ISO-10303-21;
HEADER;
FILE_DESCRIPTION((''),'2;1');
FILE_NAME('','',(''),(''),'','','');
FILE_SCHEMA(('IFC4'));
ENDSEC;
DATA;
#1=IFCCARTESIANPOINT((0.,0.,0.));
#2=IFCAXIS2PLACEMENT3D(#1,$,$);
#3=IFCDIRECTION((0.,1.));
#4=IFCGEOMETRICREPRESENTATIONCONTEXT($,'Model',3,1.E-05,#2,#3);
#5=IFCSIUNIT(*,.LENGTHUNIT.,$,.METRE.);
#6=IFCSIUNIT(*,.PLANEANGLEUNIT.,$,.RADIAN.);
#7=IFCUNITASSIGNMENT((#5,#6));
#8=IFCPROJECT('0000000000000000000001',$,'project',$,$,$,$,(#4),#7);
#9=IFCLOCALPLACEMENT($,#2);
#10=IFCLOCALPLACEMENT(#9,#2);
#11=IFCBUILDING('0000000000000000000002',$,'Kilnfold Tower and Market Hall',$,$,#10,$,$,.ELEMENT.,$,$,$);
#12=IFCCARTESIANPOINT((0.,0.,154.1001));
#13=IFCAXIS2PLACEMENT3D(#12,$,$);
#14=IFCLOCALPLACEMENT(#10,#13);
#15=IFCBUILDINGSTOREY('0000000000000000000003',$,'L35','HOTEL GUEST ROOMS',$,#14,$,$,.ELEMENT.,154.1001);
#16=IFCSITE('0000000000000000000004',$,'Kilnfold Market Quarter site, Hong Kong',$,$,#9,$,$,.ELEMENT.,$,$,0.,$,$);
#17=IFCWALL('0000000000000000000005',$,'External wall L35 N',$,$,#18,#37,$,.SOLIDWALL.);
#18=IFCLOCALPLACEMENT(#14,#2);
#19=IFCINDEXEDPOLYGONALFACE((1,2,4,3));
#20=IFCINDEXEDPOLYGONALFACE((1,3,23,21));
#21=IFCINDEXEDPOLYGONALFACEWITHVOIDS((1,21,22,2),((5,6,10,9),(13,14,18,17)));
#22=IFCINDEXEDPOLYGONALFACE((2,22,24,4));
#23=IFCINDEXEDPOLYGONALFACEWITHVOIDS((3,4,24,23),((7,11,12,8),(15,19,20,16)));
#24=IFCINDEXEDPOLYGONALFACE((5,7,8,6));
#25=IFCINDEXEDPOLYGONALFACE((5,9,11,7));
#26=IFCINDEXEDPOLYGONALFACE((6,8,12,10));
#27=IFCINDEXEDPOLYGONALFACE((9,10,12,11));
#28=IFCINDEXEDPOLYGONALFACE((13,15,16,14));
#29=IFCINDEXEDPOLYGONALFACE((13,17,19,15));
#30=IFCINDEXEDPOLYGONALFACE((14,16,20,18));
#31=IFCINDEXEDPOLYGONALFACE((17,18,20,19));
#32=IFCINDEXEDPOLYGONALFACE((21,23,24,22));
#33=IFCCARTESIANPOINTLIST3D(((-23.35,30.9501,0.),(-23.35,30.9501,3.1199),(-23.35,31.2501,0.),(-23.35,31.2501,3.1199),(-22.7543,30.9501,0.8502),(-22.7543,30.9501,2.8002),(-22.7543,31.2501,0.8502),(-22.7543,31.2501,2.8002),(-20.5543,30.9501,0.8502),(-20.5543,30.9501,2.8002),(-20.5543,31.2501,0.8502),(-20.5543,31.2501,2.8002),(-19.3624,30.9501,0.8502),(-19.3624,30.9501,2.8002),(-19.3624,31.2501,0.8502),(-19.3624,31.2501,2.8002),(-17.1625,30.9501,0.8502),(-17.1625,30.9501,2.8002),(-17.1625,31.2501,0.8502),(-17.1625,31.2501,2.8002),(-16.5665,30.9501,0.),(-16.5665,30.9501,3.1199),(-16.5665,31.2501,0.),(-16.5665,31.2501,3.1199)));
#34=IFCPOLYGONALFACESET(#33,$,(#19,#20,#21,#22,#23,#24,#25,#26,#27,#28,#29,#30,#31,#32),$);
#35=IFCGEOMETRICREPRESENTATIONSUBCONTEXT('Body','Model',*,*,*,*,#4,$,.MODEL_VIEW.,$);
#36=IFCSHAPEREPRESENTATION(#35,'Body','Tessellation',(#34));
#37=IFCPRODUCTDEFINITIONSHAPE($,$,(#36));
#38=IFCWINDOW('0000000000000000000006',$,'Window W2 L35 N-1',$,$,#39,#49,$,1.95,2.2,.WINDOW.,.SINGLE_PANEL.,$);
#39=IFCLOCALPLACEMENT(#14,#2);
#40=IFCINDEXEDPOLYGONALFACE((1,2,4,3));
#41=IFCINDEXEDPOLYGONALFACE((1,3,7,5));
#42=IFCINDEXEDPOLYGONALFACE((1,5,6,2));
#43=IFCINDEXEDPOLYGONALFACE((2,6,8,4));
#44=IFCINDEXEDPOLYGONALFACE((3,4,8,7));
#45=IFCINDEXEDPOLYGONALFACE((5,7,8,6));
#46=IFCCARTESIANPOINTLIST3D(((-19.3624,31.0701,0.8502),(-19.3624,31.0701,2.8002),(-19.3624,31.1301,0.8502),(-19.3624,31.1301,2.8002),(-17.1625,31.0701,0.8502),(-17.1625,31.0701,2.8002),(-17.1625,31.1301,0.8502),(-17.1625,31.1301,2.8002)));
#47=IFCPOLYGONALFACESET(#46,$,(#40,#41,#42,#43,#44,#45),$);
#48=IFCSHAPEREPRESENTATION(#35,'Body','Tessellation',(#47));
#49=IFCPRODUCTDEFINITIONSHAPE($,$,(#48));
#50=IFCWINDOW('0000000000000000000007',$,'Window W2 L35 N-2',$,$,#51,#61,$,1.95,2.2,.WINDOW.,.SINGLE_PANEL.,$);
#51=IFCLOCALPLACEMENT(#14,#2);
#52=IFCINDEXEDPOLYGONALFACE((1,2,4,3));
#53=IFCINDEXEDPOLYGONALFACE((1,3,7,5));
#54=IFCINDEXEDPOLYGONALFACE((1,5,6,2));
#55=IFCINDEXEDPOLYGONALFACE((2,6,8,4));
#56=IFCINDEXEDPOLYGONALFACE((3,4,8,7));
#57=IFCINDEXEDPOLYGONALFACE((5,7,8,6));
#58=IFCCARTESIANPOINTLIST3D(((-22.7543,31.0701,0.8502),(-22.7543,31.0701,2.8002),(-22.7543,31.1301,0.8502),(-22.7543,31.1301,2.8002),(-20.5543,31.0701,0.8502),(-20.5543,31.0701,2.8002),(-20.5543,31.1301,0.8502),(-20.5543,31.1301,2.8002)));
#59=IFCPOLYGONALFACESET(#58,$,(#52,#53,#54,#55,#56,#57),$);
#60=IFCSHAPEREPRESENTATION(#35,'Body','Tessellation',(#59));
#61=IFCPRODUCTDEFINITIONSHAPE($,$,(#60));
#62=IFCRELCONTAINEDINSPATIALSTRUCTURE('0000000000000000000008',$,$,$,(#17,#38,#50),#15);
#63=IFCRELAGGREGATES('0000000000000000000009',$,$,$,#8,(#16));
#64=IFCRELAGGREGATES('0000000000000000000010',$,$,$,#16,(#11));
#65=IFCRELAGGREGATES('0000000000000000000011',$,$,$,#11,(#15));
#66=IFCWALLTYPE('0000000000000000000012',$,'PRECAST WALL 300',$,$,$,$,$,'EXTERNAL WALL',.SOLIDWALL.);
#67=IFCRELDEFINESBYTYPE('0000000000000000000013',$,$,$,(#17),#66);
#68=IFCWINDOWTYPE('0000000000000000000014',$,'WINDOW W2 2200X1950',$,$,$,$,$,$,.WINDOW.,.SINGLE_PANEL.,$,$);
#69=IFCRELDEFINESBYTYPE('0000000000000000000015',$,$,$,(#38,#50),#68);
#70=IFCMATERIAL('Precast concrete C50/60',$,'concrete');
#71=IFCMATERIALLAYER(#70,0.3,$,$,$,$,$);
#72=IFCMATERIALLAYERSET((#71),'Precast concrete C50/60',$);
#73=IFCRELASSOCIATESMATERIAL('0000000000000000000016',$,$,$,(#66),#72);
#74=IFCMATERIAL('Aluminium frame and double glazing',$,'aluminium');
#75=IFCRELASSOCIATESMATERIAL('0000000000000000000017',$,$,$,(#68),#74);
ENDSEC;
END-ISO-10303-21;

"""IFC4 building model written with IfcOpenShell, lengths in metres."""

from ifc_helpers import new_model, si_unit, direction, frame, frame_2d, origin, place, context, subcontext, project, spatial, rectangle, extrude, source, transform, mapped, material, layer, layer_set, type_object, element, fill, save


model = new_model("IFC4")

# Units and contexts
model_context = context("Model", 3, precision=1e-05, world=origin(), true_north=direction((0.0, 1.0)))
body_context = subcontext(model_context, "Body", "Model", "MODEL_VIEW")
ifc_project = project(units=[si_unit("LENGTHUNIT", "METRE"), si_unit("PLANEANGLEUNIT", "RADIAN")], contexts=[model_context])

# Site, building, storey
site_placement = place(None, origin())
site = spatial("IfcSite", under=ifc_project, at=site_placement, Name="Kilnfold Market Quarter site, Hong Kong", CompositionType="ELEMENT", RefElevation=0.0)
building_placement = place(site_placement, origin())
building = spatial("IfcBuilding", under=site, at=building_placement, Name="Kilnfold Tower and Market Hall", CompositionType="ELEMENT")
storey_placement = place(building_placement, frame((0.0, 0.0, 154.1001)))
storey = spatial("IfcBuildingStorey", under=building, at=storey_placement, Name="L35", Description="HOTEL GUEST ROOMS", CompositionType="ELEMENT", Elevation=154.1001)

# Wall, openings, windows
ifc_material_1 = material(Name="Precast concrete C50/60", Category="concrete")
ifc_layer_1 = layer(ifc_material_1, 0.3)
ifc_layer_set_1 = layer_set([ifc_layer_1], Name="Precast concrete C50/60")
wall_type_1 = type_object("IfcWallType", Name="PRECAST WALL 300", ElementType="EXTERNAL WALL", PredefinedType="SOLIDWALL", material=ifc_layer_set_1)
shared_shape_1 = source(origin(), body_context, "Body", "SweptSolid", [
    extrude(rectangle(XDim=6.7834, YDim=0.3, at=frame_2d((3.3916, 0.0))), origin(), (0.0, 0.0, 1.0), 3.1199),
])
wall_1_placement = place(storey_placement, frame((-16.5667, 31.1001, 0.0), z_axis=(0.0, 0.0, 1.0), x_axis=(-1.0, 0.0, 0.0)))
wall_1 = element("IfcWall", 1, at=wall_1_placement, inside=storey, type_object=wall_type_1, Name="External wall L35 N", PredefinedType="SOLIDWALL", context=body_context, shape_type="MappedRepresentation", body=[
    mapped(shared_shape_1, transform((0.0, 0.0, 0.0))),
])
opening_1_placement = place(wall_1_placement, frame((0.5957, 0.0, 0.8501)))
opening_1 = element("IfcOpeningElement", 2, at=opening_1_placement, cuts=wall_1, PredefinedType="OPENING", context=body_context, shape_type="SweptSolid", body=[
    extrude(rectangle(XDim=2.2, YDim=1.95, at=frame_2d((1.1001, 0.9751))), frame((0.0, 0.1602, 0.0), z_axis=(0.0, -1.0, 0.0), x_axis=(1.0, 0.0, 0.0)), (0.0, 0.0, 1.0), 0.3201),
])
opening_2_placement = place(wall_1_placement, frame((3.9875, 0.0, 0.8501)))
opening_2 = element("IfcOpeningElement", 3, at=opening_2_placement, cuts=wall_1, PredefinedType="OPENING", context=body_context, shape_type="SweptSolid", body=[
    extrude(rectangle(XDim=2.2, YDim=1.95, at=frame_2d((1.1001, 0.9751))), frame((0.0, 0.1602, 0.0), z_axis=(0.0, -1.0, 0.0), x_axis=(1.0, 0.0, 0.0)), (0.0, 0.0, 1.0), 0.3201),
])
ifc_material_2 = material(Name="Aluminium frame and double glazing", Category="aluminium")
window_type = type_object("IfcWindowType", Name="WINDOW W2 2200X1950", PartitioningType="SINGLE_PANEL", PredefinedType="WINDOW", material=ifc_material_2)
window_1_placement = place(opening_1_placement, origin())
window_1 = element("IfcWindow", 4, at=window_1_placement, inside=storey, type_object=window_type, Name="Window W2 L35 N-1", OverallHeight=1.95, OverallWidth=2.2, PartitioningType="SINGLE_PANEL", PredefinedType="WINDOW", context=body_context, shape_type="SweptSolid", body=[
    extrude(rectangle(XDim=2.2, YDim=1.95, at=frame_2d((1.1001, 0.9751))), frame((0.0, 0.03, 0.0), z_axis=(0.0, -1.0, 0.0), x_axis=(1.0, 0.0, 0.0)), (0.0, 0.0, 1.0), 0.0601),
])
fill(opening_1, window_1)
window_2_placement = place(opening_2_placement, origin())
window_2 = element("IfcWindow", 5, at=window_2_placement, inside=storey, type_object=window_type, Name="Window W2 L35 N-2", OverallHeight=1.95, OverallWidth=2.2, PartitioningType="SINGLE_PANEL", PredefinedType="WINDOW", context=body_context, shape_type="SweptSolid", body=[
    extrude(rectangle(XDim=2.2, YDim=1.95, at=frame_2d((1.1001, 0.9751))), frame((0.0, 0.03, 0.0), z_axis=(0.0, -1.0, 0.0), x_axis=(1.0, 0.0, 0.0)), (0.0, 0.0, 1.0), 0.0601),
])
fill(opening_2, window_2)

save(model, "model.ifc")
